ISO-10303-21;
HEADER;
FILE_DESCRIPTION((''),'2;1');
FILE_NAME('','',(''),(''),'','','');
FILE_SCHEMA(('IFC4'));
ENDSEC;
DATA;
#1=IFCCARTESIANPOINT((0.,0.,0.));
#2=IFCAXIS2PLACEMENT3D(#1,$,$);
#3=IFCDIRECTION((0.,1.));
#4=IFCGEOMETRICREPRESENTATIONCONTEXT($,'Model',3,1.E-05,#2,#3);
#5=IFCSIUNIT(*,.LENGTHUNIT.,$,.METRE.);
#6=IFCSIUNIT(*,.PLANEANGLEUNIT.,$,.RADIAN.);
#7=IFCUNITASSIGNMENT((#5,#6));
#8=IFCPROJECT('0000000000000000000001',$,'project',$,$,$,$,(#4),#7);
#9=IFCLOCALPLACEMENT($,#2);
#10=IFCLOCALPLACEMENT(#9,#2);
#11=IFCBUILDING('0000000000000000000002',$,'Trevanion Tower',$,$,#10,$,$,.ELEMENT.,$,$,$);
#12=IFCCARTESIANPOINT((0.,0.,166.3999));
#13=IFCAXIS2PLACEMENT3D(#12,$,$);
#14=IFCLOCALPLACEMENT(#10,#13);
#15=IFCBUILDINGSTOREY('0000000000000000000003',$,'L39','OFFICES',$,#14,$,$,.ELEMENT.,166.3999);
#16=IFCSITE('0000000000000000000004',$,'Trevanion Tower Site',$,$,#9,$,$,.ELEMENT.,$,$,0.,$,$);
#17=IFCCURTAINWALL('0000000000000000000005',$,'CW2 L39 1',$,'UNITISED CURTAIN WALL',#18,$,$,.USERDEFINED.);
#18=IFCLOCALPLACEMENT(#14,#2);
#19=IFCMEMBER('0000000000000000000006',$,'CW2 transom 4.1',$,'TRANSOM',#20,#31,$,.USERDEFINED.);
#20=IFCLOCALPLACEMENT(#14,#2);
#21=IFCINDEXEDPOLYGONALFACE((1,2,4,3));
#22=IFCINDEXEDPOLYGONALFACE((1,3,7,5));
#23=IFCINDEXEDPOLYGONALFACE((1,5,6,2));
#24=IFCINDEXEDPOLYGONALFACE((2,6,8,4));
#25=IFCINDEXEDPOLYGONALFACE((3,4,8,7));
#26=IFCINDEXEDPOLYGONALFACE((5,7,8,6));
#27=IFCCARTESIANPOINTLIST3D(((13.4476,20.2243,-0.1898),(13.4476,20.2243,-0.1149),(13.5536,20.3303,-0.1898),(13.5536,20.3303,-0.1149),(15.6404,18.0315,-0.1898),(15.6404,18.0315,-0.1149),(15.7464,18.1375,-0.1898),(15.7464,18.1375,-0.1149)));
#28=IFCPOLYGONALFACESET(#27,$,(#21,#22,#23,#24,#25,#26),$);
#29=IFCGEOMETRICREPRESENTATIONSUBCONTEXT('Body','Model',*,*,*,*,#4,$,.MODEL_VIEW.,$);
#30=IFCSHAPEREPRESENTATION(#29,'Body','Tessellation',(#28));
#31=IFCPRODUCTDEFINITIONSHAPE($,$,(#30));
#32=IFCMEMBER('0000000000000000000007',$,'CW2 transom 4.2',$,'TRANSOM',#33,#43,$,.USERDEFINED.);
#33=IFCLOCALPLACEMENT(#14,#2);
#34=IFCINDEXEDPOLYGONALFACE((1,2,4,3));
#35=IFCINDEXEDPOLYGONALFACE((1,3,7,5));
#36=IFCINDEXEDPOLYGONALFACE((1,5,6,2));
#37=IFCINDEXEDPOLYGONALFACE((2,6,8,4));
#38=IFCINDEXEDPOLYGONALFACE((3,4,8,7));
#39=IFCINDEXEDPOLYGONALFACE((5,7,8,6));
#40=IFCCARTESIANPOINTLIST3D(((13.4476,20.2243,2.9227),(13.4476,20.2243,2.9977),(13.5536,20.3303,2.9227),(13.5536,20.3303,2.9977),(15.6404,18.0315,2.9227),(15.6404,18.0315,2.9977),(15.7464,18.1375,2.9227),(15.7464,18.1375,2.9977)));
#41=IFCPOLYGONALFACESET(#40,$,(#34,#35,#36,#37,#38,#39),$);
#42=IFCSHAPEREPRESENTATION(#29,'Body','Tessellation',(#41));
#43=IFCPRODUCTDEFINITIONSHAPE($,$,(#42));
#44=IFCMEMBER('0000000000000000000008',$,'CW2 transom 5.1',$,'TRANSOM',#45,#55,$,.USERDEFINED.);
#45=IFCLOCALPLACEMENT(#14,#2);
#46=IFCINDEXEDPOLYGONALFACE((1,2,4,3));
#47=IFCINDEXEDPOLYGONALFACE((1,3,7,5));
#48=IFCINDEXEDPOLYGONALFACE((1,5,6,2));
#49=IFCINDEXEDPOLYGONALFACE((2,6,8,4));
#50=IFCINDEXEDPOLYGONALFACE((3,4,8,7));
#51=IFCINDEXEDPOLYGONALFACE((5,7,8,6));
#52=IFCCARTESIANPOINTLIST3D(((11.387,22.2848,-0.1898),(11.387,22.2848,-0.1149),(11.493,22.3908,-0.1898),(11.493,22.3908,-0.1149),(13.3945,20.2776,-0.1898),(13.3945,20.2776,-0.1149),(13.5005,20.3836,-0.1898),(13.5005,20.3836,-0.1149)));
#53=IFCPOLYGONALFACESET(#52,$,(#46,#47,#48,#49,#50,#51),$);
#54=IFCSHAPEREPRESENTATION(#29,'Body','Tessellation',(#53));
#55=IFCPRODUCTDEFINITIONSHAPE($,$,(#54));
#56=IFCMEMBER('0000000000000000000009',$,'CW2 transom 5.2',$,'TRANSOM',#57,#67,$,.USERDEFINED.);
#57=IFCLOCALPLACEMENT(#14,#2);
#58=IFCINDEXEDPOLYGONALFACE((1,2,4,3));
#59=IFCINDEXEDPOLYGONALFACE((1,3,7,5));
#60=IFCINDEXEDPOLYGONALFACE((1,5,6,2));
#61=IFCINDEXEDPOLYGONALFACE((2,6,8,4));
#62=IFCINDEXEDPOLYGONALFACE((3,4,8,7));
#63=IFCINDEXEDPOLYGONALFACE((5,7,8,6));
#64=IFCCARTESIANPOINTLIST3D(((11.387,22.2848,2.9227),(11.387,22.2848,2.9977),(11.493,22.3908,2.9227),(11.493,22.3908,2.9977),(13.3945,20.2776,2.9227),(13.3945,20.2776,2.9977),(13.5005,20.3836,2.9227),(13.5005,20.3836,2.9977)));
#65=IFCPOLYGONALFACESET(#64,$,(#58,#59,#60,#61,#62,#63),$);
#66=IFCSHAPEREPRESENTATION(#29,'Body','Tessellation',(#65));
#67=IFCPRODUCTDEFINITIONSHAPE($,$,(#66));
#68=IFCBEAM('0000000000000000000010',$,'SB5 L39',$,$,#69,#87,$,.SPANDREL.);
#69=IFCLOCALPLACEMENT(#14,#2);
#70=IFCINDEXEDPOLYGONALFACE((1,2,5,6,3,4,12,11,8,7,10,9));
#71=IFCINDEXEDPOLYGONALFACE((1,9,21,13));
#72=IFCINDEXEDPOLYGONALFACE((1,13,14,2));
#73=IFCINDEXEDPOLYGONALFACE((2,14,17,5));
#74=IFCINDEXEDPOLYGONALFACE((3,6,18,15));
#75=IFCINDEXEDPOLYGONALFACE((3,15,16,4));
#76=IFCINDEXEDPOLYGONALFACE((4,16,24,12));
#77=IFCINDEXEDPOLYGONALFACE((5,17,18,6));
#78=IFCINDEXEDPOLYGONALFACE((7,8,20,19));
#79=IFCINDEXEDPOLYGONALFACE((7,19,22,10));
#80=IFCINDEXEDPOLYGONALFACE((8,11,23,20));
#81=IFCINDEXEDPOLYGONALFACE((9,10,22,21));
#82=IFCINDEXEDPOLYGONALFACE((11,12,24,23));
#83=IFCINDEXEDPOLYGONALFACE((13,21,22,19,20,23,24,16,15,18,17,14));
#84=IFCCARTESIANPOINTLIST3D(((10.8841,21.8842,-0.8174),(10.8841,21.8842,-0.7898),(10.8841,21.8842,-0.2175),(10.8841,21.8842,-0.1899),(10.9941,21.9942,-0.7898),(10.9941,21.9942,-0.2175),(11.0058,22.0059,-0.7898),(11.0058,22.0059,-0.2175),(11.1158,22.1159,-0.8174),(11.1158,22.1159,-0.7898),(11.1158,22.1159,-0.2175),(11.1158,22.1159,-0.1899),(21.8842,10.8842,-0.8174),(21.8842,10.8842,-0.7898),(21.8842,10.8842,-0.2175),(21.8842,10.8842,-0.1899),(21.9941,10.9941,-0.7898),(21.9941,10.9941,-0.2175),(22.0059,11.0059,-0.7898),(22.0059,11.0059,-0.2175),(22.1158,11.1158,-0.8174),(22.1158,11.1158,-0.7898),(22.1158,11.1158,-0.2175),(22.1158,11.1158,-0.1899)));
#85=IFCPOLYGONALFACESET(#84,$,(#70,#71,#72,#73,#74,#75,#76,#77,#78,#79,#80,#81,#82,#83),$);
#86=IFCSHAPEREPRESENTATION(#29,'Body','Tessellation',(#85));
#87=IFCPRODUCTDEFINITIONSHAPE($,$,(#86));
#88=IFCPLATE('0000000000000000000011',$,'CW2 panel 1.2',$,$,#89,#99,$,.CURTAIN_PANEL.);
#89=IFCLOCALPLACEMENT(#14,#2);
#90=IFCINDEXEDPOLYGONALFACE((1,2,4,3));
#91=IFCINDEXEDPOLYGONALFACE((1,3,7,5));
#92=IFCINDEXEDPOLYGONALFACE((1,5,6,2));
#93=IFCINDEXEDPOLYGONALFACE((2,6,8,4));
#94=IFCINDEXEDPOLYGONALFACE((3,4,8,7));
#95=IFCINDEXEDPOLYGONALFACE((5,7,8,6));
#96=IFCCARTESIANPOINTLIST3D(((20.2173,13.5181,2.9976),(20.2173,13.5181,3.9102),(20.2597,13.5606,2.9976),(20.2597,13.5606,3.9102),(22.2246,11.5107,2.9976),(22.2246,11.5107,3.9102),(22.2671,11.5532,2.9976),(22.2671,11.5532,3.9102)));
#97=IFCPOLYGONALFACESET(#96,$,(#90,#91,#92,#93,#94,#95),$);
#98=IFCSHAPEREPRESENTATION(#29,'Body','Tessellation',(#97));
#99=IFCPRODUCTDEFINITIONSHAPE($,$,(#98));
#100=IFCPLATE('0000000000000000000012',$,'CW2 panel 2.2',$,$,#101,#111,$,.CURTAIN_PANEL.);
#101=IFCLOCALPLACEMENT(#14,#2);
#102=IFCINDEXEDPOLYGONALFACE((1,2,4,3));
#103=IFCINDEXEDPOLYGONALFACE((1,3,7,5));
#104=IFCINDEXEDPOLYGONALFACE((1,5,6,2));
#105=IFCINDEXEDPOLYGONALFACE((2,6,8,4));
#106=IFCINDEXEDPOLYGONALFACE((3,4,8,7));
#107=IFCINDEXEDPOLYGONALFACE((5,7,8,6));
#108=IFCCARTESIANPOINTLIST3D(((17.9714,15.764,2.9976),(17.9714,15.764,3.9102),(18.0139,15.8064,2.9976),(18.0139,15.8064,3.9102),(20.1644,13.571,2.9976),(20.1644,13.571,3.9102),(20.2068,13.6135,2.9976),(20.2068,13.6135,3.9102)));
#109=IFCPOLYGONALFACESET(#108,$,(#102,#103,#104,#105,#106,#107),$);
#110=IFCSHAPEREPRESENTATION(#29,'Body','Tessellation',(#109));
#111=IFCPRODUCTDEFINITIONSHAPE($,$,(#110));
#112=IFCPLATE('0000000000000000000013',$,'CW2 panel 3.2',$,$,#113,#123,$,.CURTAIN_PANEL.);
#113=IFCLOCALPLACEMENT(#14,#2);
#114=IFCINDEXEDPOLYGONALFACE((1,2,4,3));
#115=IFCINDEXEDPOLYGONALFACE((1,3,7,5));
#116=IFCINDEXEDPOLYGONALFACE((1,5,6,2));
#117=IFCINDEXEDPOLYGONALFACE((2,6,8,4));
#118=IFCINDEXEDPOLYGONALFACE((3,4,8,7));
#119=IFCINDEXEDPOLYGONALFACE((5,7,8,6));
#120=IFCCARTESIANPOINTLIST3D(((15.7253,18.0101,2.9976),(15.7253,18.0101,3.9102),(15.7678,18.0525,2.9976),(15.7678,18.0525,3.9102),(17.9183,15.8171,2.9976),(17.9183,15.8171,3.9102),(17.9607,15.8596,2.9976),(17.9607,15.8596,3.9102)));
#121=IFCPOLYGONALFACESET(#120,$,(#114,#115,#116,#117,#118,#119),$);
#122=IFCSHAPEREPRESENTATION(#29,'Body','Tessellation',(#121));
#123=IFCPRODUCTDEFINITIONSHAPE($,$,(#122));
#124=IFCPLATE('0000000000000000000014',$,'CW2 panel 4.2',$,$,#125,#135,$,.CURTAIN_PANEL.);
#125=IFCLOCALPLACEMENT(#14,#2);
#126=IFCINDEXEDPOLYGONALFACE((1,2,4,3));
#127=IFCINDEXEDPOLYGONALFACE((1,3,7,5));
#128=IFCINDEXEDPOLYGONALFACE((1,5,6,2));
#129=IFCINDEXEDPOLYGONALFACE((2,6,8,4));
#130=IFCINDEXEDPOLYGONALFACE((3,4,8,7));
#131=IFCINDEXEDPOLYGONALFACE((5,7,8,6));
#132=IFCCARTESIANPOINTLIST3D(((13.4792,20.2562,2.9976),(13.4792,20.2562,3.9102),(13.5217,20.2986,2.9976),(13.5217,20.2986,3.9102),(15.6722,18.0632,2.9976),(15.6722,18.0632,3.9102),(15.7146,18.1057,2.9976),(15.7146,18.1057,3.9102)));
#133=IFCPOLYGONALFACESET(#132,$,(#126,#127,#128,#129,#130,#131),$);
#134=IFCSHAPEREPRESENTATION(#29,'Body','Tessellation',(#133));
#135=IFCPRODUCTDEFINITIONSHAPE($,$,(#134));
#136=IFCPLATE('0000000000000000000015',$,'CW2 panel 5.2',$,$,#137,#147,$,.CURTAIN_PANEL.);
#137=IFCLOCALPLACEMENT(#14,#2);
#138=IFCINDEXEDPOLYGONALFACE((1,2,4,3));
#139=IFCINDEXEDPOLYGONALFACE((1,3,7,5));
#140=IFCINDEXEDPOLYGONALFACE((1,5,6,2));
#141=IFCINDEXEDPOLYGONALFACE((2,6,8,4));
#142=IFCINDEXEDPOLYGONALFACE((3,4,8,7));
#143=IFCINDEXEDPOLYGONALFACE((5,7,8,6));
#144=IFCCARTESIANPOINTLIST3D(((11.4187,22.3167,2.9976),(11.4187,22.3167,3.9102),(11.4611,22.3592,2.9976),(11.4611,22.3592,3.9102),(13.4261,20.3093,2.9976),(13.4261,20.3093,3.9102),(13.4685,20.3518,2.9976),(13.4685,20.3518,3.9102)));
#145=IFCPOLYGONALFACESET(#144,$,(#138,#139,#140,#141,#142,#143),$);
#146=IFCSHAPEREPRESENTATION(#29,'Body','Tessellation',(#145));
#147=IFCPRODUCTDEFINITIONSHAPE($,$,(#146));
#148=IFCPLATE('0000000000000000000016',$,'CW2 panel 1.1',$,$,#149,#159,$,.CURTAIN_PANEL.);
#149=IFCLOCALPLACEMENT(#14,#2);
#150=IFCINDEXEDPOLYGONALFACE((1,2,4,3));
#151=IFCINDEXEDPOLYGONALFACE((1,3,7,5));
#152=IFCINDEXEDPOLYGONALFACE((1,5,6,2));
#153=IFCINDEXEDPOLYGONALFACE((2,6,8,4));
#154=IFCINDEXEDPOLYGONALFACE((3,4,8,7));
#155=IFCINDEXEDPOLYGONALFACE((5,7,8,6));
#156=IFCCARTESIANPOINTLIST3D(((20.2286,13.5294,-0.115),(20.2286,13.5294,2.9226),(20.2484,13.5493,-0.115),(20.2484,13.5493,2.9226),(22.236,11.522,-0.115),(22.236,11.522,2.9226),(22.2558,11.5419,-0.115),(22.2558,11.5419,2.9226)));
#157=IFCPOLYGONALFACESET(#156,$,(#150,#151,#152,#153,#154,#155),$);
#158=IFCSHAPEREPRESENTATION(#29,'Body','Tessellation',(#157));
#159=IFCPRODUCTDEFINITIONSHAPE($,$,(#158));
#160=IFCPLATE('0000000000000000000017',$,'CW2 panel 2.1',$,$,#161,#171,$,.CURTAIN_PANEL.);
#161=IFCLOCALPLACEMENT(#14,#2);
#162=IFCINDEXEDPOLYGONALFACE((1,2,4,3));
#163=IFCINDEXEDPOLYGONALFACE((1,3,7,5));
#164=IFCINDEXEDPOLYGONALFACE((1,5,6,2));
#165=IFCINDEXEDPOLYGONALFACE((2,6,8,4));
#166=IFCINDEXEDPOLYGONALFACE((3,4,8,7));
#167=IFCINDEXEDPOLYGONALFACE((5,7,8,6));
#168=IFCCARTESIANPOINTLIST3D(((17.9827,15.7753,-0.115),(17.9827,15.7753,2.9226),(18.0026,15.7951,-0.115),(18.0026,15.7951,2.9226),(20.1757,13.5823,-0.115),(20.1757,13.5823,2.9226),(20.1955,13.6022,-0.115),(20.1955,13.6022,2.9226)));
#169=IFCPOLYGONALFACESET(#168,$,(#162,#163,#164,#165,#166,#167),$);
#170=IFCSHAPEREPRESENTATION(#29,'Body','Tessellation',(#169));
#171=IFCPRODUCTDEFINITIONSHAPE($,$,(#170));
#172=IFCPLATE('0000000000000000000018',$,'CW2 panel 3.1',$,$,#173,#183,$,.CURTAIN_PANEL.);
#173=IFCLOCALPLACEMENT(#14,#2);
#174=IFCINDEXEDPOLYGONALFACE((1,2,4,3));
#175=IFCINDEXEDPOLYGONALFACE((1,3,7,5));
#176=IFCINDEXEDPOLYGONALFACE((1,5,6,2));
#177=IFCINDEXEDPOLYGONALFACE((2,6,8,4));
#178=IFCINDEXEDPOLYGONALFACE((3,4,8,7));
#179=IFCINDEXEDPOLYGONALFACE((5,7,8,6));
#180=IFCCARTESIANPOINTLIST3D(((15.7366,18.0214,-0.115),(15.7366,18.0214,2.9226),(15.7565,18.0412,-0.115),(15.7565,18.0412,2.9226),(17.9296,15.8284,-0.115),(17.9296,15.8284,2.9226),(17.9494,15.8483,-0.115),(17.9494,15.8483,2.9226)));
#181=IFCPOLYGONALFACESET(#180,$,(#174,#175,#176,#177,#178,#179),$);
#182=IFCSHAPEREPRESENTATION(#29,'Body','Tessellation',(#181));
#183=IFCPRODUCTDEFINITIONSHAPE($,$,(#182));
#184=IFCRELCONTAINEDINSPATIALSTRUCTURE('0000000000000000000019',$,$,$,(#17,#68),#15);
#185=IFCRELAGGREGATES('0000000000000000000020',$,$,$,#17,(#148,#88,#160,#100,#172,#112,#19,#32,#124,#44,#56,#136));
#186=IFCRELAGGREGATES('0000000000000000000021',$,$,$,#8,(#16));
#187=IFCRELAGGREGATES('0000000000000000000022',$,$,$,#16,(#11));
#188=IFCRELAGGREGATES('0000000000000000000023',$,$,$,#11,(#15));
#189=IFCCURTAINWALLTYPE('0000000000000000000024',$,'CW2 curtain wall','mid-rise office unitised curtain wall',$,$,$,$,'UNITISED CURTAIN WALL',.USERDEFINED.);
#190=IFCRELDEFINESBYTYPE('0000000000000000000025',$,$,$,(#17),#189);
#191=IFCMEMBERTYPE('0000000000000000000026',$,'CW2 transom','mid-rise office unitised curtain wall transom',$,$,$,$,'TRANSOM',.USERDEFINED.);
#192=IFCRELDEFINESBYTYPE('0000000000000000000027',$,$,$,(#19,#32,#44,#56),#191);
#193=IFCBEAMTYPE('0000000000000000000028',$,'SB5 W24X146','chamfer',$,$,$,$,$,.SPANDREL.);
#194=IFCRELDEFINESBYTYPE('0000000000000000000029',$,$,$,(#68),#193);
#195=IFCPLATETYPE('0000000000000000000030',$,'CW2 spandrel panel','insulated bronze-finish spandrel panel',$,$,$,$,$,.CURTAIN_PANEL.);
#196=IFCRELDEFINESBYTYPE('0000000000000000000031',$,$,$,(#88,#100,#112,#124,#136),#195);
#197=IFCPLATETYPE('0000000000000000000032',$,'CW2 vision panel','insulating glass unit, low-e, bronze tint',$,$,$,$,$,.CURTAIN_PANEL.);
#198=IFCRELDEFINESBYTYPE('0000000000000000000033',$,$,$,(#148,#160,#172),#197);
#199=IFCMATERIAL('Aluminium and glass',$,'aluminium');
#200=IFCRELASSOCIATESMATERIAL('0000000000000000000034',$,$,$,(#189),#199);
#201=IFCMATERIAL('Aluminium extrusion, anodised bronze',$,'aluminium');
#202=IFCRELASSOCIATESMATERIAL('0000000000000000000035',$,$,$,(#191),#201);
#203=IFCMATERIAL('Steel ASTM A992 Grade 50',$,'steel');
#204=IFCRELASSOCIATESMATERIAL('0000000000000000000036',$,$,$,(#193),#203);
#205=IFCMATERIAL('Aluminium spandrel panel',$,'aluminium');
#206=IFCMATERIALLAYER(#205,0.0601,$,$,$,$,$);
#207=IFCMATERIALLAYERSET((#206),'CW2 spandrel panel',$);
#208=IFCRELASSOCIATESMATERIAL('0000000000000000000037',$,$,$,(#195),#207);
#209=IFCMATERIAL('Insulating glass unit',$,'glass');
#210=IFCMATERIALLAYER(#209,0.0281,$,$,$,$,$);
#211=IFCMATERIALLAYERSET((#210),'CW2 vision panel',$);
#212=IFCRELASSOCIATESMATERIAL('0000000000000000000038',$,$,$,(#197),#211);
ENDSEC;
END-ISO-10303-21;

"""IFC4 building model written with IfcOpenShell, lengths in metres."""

from ifc_helpers import new_model, si_unit, direction, frame, origin, origin_2d, place, context, subcontext, project, spatial, rectangle, i_section, extrude, material, layer, layer_set, material_profile, profile_set, type_object, element, aggregate, save


model = new_model("IFC4")

# Units and contexts
model_context = context("Model", 3, precision=1e-05, world=origin(), true_north=direction((0.0, 1.0)))
body_context = subcontext(model_context, "Body", "Model", "MODEL_VIEW")
ifc_project = project(units=[si_unit("LENGTHUNIT", "METRE"), si_unit("PLANEANGLEUNIT", "RADIAN")], contexts=[model_context])

# Site, building, storey
site_placement = place(None, origin())
site = spatial("IfcSite", under=ifc_project, at=site_placement, Name="Trevanion Tower Site", CompositionType="ELEMENT", RefElevation=0.0)
building_placement = place(site_placement, origin())
building = spatial("IfcBuilding", under=site, at=building_placement, Name="Trevanion Tower", CompositionType="ELEMENT")
storey_placement = place(building_placement, frame((0.0, 0.0, 166.3999)))
storey = spatial("IfcBuildingStorey", under=building, at=storey_placement, Name="L39", Description="OFFICES", CompositionType="ELEMENT", Elevation=166.3999)

# Curtain wall
ifc_material_1 = material(Name="Aluminium and glass", Category="aluminium")
curtain_wall_type = type_object("IfcCurtainWallType", Name="CW2 curtain wall", Description="mid-rise office unitised curtain wall", ElementType="UNITISED CURTAIN WALL", PredefinedType="USERDEFINED", material=ifc_material_1)
curtain_wall_1_placement = place(storey_placement, origin())
curtain_wall_1 = element("IfcCurtainWall", 1, at=curtain_wall_1_placement, inside=storey, type_object=curtain_wall_type, Name="CW2 L39 1", ObjectType="UNITISED CURTAIN WALL", PredefinedType="USERDEFINED")

# Members
ifc_material_2 = material(Name="Aluminium extrusion, anodised bronze", Category="aluminium")
ifc_material_profile_1 = material_profile(ifc_material_2, rectangle(XDim=0.1499, YDim=0.075, at=origin_2d()), Name="CW2 transom")
ifc_profile_set_1 = profile_set([ifc_material_profile_1], Name="Aluminium extrusion, anodised bronze")
member_type_1 = type_object("IfcMemberType", Name="CW2 transom", Description="mid-rise office unitised curtain wall transom", ElementType="TRANSOM", PredefinedType="USERDEFINED", material=ifc_profile_set_1)
member_1_placement = place(storey_placement, frame((15.6934, 18.0845, -0.1523), z_axis=(-0.707107, 0.707107, 0.0), x_axis=(-0.707107, -0.707107, 0.0)))
member_1 = element("IfcMember", 2, at=member_1_placement, type_object=member_type_1, Name="CW2 transom 4.1", ObjectType="TRANSOM", PredefinedType="USERDEFINED", context=body_context, shape_type="SweptSolid", body=[
    extrude(rectangle(XDim=0.1499, YDim=0.075, at=origin_2d()), origin(), (0.0, 0.0, 1.0), 3.1011),
])
member_2_placement = place(storey_placement, frame((15.6934, 18.0845, 2.9602), z_axis=(-0.707107, 0.707107, 0.0), x_axis=(-0.707107, -0.707107, 0.0)))
member_2 = element("IfcMember", 3, at=member_2_placement, type_object=member_type_1, Name="CW2 transom 4.2", ObjectType="TRANSOM", PredefinedType="USERDEFINED", context=body_context, shape_type="SweptSolid", body=[
    extrude(rectangle(XDim=0.1499, YDim=0.075, at=origin_2d()), origin(), (0.0, 0.0, 1.0), 3.1011),
])
member_3_placement = place(storey_placement, frame((13.4475, 20.3306, -0.1523), z_axis=(-0.70715, 0.707064, 0.0), x_axis=(-0.707064, -0.70715, 0.0)))
member_3 = element("IfcMember", 4, at=member_3_placement, type_object=member_type_1, Name="CW2 transom 5.1", ObjectType="TRANSOM", PredefinedType="USERDEFINED", context=body_context, shape_type="SweptSolid", body=[
    extrude(rectangle(XDim=0.1499, YDim=0.075, at=origin_2d()), origin(), (0.0, 0.0, 1.0), 2.8389),
])
member_4_placement = place(storey_placement, frame((13.4475, 20.3306, 2.9602), z_axis=(-0.70715, 0.707064, 0.0), x_axis=(-0.707064, -0.70715, 0.0)))
member_4 = element("IfcMember", 5, at=member_4_placement, type_object=member_type_1, Name="CW2 transom 5.2", ObjectType="TRANSOM", PredefinedType="USERDEFINED", context=body_context, shape_type="SweptSolid", body=[
    extrude(rectangle(XDim=0.1499, YDim=0.075, at=origin_2d()), origin(), (0.0, 0.0, 1.0), 2.8389),
])

# Beam
ifc_material_3 = material(Name="Steel ASTM A992 Grade 50", Category="steel")
ifc_material_profile_2 = material_profile(ifc_material_3, i_section(OverallWidth=0.3276, OverallDepth=0.6274, WebThickness=0.0166, FlangeThickness=0.0276, at=origin_2d()), Name="W24X146")
ifc_profile_set_2 = profile_set([ifc_material_profile_2], Name="Steel ASTM A992 Grade 50")
beam_type_1 = type_object("IfcBeamType", Name="SB5 W24X146", Description="chamfer", PredefinedType="SPANDREL", material=ifc_profile_set_2)
beam_1_placement = place(storey_placement, frame((22.0, 11.0, -0.5037), z_axis=(-0.707107, 0.707107, 0.0), x_axis=(-0.707107, -0.707107, 0.0)))
element("IfcBeam", 6, at=beam_1_placement, inside=storey, type_object=beam_type_1, Name="SB5 L39", PredefinedType="SPANDREL", context=body_context, shape_type="SweptSolid", body=[
    extrude(i_section(OverallWidth=0.3276, OverallDepth=0.6274, WebThickness=0.0166, FlangeThickness=0.0276, at=origin_2d()), origin(), (0.0, 0.0, 1.0), 15.5564),
])

# Plates
ifc_material_4 = material(Name="Aluminium spandrel panel", Category="aluminium")
ifc_layer_1 = layer(ifc_material_4, 0.0601)
ifc_layer_set_1 = layer_set([ifc_layer_1], Name="CW2 spandrel panel")
plate_type_1 = type_object("IfcPlateType", Name="CW2 spandrel panel", Description="insulated bronze-finish spandrel panel", PredefinedType="CURTAIN_PANEL", material=ifc_layer_set_1)
plate_1_placement = place(storey_placement, frame((21.2422, 12.5356, 2.9976), z_axis=(0.0, 0.0, 1.0), x_axis=(-0.707107, 0.707107, 0.0)))
plate_1 = element("IfcPlate", 7, at=plate_1_placement, type_object=plate_type_1, Name="CW2 panel 1.2", PredefinedType="CURTAIN_PANEL", context=body_context, shape_type="SweptSolid", body=[
    extrude(rectangle(XDim=2.8389, YDim=0.0601, at=origin_2d()), origin(), (0.0, 0.0, 1.0), 0.9126),
])
plate_2_placement = place(storey_placement, frame((19.0891, 14.6887, 2.9976), z_axis=(0.0, 0.0, 1.0), x_axis=(-0.707107, 0.707107, 0.0)))
plate_2 = element("IfcPlate", 8, at=plate_2_placement, type_object=plate_type_1, Name="CW2 panel 2.2", PredefinedType="CURTAIN_PANEL", context=body_context, shape_type="SweptSolid", body=[
    extrude(rectangle(XDim=3.1013, YDim=0.0601, at=origin_2d()), origin(), (0.0, 0.0, 1.0), 0.9126),
])
plate_3_placement = place(storey_placement, frame((16.843, 16.9348, 2.9976), z_axis=(0.0, 0.0, 1.0), x_axis=(-0.707107, 0.707107, 0.0)))
plate_3 = element("IfcPlate", 9, at=plate_3_placement, type_object=plate_type_1, Name="CW2 panel 3.2", PredefinedType="CURTAIN_PANEL", context=body_context, shape_type="SweptSolid", body=[
    extrude(rectangle(XDim=3.1013, YDim=0.0601, at=origin_2d()), origin(), (0.0, 0.0, 1.0), 0.9126),
])
plate_4_placement = place(storey_placement, frame((14.5969, 19.1809, 2.9976), z_axis=(0.0, 0.0, 1.0), x_axis=(-0.707107, 0.707107, 0.0)))
plate_4 = element("IfcPlate", 10, at=plate_4_placement, type_object=plate_type_1, Name="CW2 panel 4.2", PredefinedType="CURTAIN_PANEL", context=body_context, shape_type="SweptSolid", body=[
    extrude(rectangle(XDim=3.1013, YDim=0.0601, at=origin_2d()), origin(), (0.0, 0.0, 1.0), 0.9126),
])
plate_5_placement = place(storey_placement, frame((12.4436, 21.3342, 2.9976), z_axis=(0.0, 0.0, 1.0), x_axis=(-0.707107, 0.707107, 0.0)))
plate_5 = element("IfcPlate", 11, at=plate_5_placement, type_object=plate_type_1, Name="CW2 panel 5.2", PredefinedType="CURTAIN_PANEL", context=body_context, shape_type="SweptSolid", body=[
    extrude(rectangle(XDim=2.8389, YDim=0.0601, at=origin_2d()), origin(), (0.0, 0.0, 1.0), 0.9126),
])
ifc_material_5 = material(Name="Insulating glass unit", Category="glass")
ifc_layer_2 = layer(ifc_material_5, 0.0281)
ifc_layer_set_2 = layer_set([ifc_layer_2], Name="CW2 vision panel")
plate_type_2 = type_object("IfcPlateType", Name="CW2 vision panel", Description="insulating glass unit, low-e, bronze tint", PredefinedType="CURTAIN_PANEL", material=ifc_layer_set_2)
plate_6_placement = place(storey_placement, frame((21.2422, 12.5356, -0.115), z_axis=(0.0, 0.0, 1.0), x_axis=(-0.707107, 0.707107, 0.0)))
plate_6 = element("IfcPlate", 12, at=plate_6_placement, type_object=plate_type_2, Name="CW2 panel 1.1", PredefinedType="CURTAIN_PANEL", context=body_context, shape_type="SweptSolid", body=[
    extrude(rectangle(XDim=2.8389, YDim=0.0281, at=origin_2d()), origin(), (0.0, 0.0, 1.0), 3.0376),
])
plate_7_placement = place(storey_placement, frame((19.0891, 14.6887, -0.115), z_axis=(0.0, 0.0, 1.0), x_axis=(-0.707107, 0.707107, 0.0)))
plate_7 = element("IfcPlate", 13, at=plate_7_placement, type_object=plate_type_2, Name="CW2 panel 2.1", PredefinedType="CURTAIN_PANEL", context=body_context, shape_type="SweptSolid", body=[
    extrude(rectangle(XDim=3.1013, YDim=0.0281, at=origin_2d()), origin(), (0.0, 0.0, 1.0), 3.0376),
])
plate_8_placement = place(storey_placement, frame((16.843, 16.9348, -0.115), z_axis=(0.0, 0.0, 1.0), x_axis=(-0.707107, 0.707107, 0.0)))
plate_8 = element("IfcPlate", 14, at=plate_8_placement, type_object=plate_type_2, Name="CW2 panel 3.1", PredefinedType="CURTAIN_PANEL", context=body_context, shape_type="SweptSolid", body=[
    extrude(rectangle(XDim=3.1013, YDim=0.0281, at=origin_2d()), origin(), (0.0, 0.0, 1.0), 3.0376),
])
aggregate(curtain_wall_1, [plate_6, plate_1, plate_7, plate_2, plate_8, plate_3, member_1, member_2, plate_4, member_3, member_4, plate_5])

save(model, "model.ifc")
